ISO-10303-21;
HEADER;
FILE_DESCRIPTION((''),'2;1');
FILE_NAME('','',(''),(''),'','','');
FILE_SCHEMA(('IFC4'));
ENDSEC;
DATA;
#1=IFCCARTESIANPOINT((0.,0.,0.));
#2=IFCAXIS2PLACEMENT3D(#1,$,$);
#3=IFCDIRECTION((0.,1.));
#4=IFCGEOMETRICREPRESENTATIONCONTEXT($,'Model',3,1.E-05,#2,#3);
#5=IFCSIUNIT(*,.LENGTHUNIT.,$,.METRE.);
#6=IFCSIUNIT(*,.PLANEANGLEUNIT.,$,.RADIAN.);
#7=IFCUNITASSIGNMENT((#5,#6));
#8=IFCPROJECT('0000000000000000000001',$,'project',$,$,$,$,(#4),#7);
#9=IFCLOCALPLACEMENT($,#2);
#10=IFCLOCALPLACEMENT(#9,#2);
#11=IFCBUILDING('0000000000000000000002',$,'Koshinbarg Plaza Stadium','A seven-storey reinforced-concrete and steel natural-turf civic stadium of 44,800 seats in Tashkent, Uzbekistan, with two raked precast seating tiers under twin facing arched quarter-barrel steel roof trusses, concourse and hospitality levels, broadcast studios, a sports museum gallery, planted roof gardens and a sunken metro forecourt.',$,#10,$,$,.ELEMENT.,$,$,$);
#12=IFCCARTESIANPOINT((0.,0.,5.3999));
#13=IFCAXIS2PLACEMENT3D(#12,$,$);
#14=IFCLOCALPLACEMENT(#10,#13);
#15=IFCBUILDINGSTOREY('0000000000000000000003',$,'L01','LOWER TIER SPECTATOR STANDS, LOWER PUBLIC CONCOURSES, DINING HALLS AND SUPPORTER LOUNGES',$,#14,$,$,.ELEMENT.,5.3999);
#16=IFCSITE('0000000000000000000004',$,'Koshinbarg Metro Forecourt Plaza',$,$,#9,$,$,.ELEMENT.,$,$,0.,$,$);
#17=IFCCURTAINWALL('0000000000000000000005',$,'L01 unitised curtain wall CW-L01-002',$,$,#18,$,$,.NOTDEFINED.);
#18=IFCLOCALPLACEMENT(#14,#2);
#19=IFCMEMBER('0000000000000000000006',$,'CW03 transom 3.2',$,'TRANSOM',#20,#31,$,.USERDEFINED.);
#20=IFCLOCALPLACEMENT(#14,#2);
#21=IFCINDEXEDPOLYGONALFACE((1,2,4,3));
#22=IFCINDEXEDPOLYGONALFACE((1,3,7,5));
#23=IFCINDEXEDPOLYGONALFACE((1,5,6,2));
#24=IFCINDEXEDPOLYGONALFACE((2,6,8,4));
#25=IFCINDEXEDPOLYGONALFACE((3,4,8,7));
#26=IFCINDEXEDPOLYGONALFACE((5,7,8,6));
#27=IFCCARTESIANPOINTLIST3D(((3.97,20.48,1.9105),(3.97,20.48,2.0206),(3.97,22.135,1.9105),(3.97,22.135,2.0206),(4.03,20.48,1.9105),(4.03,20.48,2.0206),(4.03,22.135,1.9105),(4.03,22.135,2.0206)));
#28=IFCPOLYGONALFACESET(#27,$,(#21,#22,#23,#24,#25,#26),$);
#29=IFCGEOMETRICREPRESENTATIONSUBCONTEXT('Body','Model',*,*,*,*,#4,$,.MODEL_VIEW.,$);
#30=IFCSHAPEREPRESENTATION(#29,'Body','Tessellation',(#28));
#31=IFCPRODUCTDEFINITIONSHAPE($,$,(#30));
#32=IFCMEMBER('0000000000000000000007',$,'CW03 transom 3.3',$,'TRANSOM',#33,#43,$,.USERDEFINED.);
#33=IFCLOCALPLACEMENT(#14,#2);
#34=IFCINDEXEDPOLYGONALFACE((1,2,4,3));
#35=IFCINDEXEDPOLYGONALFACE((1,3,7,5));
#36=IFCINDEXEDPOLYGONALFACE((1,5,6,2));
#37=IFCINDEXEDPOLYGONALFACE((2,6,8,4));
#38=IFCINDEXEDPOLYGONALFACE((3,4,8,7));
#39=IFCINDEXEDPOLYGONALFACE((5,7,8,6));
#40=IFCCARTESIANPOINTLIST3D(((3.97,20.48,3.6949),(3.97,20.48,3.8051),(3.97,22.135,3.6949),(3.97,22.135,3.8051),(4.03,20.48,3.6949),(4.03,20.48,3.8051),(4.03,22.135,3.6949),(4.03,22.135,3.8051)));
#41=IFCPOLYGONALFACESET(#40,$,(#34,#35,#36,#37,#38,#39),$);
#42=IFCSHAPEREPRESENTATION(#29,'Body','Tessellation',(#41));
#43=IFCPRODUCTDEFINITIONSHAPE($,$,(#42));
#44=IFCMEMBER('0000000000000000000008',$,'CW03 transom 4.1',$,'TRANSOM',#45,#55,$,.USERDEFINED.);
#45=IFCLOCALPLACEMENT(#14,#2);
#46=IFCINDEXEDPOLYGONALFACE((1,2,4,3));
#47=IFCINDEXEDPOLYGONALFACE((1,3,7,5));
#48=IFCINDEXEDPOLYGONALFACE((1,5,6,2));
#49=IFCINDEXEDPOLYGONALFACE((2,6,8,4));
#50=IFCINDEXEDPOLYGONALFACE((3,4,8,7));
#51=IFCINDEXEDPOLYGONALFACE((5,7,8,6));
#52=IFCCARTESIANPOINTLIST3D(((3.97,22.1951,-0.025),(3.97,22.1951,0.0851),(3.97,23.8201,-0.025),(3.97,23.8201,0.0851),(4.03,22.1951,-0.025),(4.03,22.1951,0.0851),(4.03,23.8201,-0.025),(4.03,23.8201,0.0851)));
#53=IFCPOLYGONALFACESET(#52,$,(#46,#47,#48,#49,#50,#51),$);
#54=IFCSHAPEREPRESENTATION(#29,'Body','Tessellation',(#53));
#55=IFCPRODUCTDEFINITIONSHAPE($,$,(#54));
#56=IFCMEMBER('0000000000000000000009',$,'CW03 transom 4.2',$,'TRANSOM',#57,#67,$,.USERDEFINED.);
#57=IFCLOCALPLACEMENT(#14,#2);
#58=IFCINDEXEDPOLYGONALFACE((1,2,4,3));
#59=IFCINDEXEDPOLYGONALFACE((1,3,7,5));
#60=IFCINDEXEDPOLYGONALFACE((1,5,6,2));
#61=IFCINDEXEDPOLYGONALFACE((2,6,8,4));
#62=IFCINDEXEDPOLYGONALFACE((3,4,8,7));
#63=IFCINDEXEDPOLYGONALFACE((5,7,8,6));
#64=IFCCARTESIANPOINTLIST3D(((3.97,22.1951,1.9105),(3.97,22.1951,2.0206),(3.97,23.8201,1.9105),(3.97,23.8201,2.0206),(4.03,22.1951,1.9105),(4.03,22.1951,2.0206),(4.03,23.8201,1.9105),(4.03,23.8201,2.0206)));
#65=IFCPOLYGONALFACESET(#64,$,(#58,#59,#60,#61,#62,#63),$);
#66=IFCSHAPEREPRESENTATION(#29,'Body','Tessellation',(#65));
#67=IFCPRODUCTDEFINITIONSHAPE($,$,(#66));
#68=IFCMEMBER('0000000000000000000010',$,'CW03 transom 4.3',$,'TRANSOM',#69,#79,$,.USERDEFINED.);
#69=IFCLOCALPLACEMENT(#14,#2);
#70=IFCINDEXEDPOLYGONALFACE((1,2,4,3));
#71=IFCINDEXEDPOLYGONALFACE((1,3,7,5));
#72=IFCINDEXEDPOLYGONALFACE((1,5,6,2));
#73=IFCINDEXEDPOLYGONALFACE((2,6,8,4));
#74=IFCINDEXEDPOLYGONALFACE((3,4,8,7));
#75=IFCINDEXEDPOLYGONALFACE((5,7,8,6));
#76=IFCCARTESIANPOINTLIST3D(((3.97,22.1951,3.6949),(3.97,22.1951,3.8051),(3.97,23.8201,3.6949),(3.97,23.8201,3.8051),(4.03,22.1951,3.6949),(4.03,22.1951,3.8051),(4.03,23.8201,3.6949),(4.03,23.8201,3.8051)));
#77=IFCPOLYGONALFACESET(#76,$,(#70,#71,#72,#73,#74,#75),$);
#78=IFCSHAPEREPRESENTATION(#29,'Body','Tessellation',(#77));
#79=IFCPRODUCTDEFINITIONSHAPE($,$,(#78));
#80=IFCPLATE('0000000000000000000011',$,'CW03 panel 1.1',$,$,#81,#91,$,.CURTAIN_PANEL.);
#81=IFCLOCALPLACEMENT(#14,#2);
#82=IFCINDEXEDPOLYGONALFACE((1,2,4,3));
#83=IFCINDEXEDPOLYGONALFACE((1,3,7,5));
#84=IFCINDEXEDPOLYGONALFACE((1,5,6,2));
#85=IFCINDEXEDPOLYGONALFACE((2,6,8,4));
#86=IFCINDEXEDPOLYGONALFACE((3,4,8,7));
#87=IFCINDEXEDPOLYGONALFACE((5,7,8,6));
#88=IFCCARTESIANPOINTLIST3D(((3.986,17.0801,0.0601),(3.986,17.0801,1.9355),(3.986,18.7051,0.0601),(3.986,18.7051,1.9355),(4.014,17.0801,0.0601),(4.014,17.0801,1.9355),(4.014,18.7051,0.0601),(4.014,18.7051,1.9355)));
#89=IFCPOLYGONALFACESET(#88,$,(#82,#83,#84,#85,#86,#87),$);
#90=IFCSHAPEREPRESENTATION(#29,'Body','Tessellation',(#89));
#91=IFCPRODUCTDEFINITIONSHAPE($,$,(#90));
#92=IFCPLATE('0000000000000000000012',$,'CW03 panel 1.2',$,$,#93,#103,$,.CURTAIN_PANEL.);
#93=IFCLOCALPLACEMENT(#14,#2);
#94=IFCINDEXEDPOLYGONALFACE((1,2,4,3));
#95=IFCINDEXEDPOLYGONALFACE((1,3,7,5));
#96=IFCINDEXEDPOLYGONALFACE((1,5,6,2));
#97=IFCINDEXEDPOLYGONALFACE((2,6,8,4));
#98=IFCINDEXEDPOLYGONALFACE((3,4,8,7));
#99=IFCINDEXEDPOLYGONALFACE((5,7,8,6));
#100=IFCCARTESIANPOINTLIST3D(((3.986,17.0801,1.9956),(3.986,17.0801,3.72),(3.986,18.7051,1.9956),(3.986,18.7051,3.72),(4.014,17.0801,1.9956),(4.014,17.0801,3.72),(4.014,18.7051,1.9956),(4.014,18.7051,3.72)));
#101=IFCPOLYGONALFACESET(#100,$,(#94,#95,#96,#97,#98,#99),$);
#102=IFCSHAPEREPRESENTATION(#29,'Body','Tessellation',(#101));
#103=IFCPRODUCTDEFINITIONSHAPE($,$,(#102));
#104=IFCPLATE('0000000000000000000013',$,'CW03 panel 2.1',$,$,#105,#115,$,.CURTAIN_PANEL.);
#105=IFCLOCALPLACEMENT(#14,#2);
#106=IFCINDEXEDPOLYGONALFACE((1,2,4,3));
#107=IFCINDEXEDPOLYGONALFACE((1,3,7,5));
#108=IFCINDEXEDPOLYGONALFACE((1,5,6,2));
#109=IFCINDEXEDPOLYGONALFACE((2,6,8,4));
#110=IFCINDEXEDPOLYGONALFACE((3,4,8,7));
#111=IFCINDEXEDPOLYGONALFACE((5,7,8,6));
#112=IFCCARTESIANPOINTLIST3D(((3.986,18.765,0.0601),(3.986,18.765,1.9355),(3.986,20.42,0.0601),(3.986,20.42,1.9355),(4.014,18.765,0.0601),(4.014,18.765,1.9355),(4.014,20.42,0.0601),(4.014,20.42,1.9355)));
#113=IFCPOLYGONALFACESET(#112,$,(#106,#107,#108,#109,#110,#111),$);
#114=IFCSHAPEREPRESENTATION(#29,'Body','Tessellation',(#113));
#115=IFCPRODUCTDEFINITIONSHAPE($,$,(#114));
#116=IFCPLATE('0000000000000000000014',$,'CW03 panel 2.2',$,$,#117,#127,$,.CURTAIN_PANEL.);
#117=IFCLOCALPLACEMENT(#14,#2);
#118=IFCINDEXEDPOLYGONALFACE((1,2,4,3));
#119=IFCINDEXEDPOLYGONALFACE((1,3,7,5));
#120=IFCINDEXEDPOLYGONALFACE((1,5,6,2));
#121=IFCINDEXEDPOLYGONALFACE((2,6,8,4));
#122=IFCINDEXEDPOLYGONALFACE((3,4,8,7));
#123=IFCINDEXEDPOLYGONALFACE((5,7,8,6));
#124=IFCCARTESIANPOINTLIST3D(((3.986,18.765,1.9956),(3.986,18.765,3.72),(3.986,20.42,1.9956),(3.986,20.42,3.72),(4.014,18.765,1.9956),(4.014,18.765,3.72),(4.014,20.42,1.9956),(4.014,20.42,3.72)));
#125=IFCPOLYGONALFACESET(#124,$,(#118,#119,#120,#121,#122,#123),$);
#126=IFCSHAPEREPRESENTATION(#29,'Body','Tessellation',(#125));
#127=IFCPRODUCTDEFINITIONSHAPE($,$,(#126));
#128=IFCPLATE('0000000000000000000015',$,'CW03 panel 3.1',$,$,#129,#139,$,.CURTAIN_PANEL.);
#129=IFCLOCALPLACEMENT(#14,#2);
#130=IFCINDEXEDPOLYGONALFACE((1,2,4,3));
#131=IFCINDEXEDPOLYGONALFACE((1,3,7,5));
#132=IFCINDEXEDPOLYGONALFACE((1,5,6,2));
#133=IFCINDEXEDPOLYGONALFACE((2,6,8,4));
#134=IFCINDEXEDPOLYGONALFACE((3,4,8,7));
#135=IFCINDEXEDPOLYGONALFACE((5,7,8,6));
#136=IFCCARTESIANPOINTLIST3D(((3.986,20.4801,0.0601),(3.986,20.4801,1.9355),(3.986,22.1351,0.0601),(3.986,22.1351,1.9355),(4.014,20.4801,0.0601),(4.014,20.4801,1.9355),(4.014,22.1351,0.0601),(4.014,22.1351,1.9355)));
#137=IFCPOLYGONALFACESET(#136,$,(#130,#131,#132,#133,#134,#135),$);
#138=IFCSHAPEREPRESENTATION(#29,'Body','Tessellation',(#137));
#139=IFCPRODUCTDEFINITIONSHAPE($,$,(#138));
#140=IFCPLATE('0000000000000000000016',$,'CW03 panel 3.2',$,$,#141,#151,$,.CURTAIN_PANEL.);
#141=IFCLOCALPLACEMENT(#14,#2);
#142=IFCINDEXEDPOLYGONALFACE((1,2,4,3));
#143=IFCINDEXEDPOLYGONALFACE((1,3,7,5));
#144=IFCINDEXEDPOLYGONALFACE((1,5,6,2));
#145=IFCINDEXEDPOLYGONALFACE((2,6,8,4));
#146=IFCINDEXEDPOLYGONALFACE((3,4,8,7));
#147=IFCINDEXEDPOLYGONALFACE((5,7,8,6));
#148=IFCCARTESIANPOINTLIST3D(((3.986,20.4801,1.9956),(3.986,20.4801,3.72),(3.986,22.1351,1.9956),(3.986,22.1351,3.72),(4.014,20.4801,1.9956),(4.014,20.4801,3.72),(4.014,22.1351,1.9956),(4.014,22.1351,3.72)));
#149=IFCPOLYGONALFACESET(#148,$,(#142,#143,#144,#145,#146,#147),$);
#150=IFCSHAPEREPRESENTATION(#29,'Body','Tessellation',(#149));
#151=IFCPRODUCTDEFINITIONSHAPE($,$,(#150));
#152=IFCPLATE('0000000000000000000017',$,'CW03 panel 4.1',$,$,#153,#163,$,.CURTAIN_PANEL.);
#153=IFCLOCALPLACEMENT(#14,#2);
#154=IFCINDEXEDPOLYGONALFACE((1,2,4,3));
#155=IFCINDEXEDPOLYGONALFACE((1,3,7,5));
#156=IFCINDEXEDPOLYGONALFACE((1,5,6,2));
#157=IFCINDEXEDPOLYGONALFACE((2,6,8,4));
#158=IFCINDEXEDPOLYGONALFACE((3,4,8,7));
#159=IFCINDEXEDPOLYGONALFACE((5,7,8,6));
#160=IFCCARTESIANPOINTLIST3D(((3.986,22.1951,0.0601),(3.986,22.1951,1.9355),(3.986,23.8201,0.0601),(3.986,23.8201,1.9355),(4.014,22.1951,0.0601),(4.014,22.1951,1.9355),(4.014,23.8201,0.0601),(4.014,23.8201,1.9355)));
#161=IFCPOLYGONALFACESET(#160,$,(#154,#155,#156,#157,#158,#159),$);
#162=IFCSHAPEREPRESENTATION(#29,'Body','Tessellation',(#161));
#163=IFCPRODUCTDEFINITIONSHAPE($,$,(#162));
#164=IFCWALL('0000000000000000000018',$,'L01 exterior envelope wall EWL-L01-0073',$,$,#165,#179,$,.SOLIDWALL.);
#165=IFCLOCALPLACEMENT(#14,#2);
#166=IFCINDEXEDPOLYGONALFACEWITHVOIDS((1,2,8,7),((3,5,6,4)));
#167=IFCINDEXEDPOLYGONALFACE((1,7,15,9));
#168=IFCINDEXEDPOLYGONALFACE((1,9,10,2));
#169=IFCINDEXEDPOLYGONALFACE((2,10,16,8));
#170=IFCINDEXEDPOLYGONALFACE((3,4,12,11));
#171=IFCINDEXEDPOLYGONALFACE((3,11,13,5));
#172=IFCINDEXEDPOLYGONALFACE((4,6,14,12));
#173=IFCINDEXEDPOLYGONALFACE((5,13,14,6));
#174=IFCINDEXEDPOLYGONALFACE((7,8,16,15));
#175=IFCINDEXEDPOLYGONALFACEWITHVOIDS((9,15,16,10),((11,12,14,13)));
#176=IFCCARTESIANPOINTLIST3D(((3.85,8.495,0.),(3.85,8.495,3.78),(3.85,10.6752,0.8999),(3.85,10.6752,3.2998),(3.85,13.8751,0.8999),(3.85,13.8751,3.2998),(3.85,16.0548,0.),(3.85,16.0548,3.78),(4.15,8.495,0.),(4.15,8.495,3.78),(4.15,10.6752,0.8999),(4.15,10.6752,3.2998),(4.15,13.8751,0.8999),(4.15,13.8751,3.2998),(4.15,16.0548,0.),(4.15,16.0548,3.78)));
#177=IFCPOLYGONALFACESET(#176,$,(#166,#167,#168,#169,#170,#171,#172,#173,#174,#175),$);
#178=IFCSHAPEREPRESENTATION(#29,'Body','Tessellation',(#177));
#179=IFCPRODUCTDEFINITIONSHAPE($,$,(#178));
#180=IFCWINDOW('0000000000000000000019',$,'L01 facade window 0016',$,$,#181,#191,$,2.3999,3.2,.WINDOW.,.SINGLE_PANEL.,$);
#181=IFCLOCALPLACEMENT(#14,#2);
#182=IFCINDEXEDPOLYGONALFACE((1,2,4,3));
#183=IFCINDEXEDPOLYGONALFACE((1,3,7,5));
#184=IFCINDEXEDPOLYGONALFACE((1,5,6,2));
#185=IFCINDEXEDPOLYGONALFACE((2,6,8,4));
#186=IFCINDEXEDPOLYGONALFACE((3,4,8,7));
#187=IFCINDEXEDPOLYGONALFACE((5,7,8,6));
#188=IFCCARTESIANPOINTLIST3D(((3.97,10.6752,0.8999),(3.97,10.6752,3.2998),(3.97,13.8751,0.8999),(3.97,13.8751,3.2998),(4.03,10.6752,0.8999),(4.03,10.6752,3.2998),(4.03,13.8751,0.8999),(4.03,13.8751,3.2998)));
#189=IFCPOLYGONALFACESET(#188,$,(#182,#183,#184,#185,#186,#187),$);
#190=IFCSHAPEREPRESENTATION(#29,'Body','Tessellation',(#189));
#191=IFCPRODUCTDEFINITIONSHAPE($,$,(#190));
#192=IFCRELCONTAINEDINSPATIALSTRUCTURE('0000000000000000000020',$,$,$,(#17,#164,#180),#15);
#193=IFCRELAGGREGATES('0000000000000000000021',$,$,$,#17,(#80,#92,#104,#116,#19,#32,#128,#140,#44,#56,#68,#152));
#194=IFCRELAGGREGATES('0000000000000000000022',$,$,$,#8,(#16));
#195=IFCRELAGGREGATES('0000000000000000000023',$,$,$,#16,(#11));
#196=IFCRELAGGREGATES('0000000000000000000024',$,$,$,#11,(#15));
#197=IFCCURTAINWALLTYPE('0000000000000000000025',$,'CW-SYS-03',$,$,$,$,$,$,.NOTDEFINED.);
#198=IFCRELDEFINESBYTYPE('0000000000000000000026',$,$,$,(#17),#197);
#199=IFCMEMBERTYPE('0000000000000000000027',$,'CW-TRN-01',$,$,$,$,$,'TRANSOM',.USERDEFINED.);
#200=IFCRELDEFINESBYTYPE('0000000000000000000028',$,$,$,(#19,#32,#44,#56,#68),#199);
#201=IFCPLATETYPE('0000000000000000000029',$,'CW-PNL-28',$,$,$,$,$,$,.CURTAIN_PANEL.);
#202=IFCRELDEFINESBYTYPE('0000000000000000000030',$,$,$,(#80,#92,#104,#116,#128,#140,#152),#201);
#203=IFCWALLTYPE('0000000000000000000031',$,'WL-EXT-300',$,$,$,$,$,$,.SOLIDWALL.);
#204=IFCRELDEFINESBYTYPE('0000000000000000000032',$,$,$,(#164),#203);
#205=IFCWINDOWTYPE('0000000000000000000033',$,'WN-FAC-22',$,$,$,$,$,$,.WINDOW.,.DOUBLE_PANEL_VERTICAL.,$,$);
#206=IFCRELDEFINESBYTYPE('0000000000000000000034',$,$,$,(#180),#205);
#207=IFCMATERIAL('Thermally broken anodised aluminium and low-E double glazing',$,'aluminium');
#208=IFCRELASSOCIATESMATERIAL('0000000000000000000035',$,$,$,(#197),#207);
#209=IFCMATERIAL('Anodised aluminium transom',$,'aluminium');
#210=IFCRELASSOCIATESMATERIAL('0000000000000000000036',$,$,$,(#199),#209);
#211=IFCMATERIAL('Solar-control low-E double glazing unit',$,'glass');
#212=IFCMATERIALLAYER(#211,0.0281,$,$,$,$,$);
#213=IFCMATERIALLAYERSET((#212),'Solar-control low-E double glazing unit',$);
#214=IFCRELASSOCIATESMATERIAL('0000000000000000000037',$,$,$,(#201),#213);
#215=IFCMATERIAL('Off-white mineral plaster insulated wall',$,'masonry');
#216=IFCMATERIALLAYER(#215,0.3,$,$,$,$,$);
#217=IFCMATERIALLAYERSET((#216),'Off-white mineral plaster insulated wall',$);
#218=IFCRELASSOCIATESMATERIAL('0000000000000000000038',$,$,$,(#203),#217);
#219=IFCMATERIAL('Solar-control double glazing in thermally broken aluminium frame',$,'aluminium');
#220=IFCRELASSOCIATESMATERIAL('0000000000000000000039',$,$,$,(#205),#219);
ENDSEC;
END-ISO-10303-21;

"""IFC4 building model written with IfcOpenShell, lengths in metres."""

from ifc_helpers import new_model, si_unit, direction, frame, frame_2d, origin, origin_2d, place, context, subcontext, project, spatial, rectangle, extrude, material, layer, layer_set, material_profile, profile_set, type_object, element, fill, aggregate, save


model = new_model("IFC4")

# Units and contexts
model_context = context("Model", 3, precision=1e-05, world=origin(), true_north=direction((0.0, 1.0)))
body_context = subcontext(model_context, "Body", "Model", "MODEL_VIEW")
ifc_project = project(units=[si_unit("LENGTHUNIT", "METRE"), si_unit("PLANEANGLEUNIT", "RADIAN")], contexts=[model_context])

# Site, building, storey
site_placement = place(None, origin())
site = spatial("IfcSite", under=ifc_project, at=site_placement, Name="Koshinbarg Metro Forecourt Plaza", CompositionType="ELEMENT", RefElevation=0.0)
building_placement = place(site_placement, origin())
building = spatial("IfcBuilding", under=site, at=building_placement, Name="Koshinbarg Plaza Stadium", Description="A seven-storey reinforced-concrete and steel natural-turf civic stadium of 44,800 seats in Tashkent, Uzbekistan, with two raked precast seating tiers under twin facing arched quarter-barrel steel roof trusses, concourse and hospitality levels, broadcast studios, a sports museum gallery, planted roof gardens and a sunken metro forecourt.", CompositionType="ELEMENT")
storey_placement = place(building_placement, frame((0.0, 0.0, 5.3999)))
storey = spatial("IfcBuildingStorey", under=building, at=storey_placement, Name="L01", Description="LOWER TIER SPECTATOR STANDS, LOWER PUBLIC CONCOURSES, DINING HALLS AND SUPPORTER LOUNGES", CompositionType="ELEMENT", Elevation=5.3999)

# Curtain wall, members, plates
ifc_material_1 = material(Name="Thermally broken anodised aluminium and low-E double glazing", Category="aluminium")
curtain_wall_type = type_object("IfcCurtainWallType", Name="CW-SYS-03", PredefinedType="NOTDEFINED", material=ifc_material_1)
curtain_wall_placement = place(storey_placement, origin())
curtain_wall = element("IfcCurtainWall", 1, at=curtain_wall_placement, inside=storey, type_object=curtain_wall_type, Name="L01 unitised curtain wall CW-L01-002", PredefinedType="NOTDEFINED")
ifc_material_2 = material(Name="Anodised aluminium transom", Category="aluminium")
ifc_material_profile_1 = material_profile(ifc_material_2, rectangle(XDim=0.0601, YDim=0.1101, at=origin_2d()), Name="ALU 60x110")
ifc_profile_set_1 = profile_set([ifc_material_profile_1], Name="Anodised aluminium transom")
member_type_1 = type_object("IfcMemberType", Name="CW-TRN-01", ElementType="TRANSOM", PredefinedType="USERDEFINED", material=ifc_profile_set_1)
member_1_placement = place(storey_placement, frame((4.0, 20.48, 1.9656), z_axis=(0.0, 1.0, 0.0), x_axis=(-1.0, 0.0, 0.0)))
member_1 = element("IfcMember", 2, at=member_1_placement, type_object=member_type_1, Name="CW03 transom 3.2", ObjectType="TRANSOM", PredefinedType="USERDEFINED", context=body_context, shape_type="SweptSolid", body=[
    extrude(rectangle(XDim=0.0601, YDim=0.1101, at=origin_2d()), origin(), (0.0, 0.0, 1.0), 1.655),
])
member_2_placement = place(storey_placement, frame((4.0, 20.48, 3.75), z_axis=(0.0, 1.0, 0.0), x_axis=(-1.0, 0.0, 0.0)))
member_2 = element("IfcMember", 3, at=member_2_placement, type_object=member_type_1, Name="CW03 transom 3.3", ObjectType="TRANSOM", PredefinedType="USERDEFINED", context=body_context, shape_type="SweptSolid", body=[
    extrude(rectangle(XDim=0.0601, YDim=0.1101, at=origin_2d()), origin(), (0.0, 0.0, 1.0), 1.655),
])
member_3_placement = place(storey_placement, frame((4.0, 22.1951, 0.03), z_axis=(0.0, 1.0, 0.0), x_axis=(-1.0, 0.0, 0.0)))
member_3 = element("IfcMember", 4, at=member_3_placement, type_object=member_type_1, Name="CW03 transom 4.1", ObjectType="TRANSOM", PredefinedType="USERDEFINED", context=body_context, shape_type="SweptSolid", body=[
    extrude(rectangle(XDim=0.0601, YDim=0.1101, at=origin_2d()), origin(), (0.0, 0.0, 1.0), 1.625),
])
member_4_placement = place(storey_placement, frame((4.0, 22.1951, 1.9656), z_axis=(0.0, 1.0, 0.0), x_axis=(-1.0, 0.0, 0.0)))
member_4 = element("IfcMember", 5, at=member_4_placement, type_object=member_type_1, Name="CW03 transom 4.2", ObjectType="TRANSOM", PredefinedType="USERDEFINED", context=body_context, shape_type="SweptSolid", body=[
    extrude(rectangle(XDim=0.0601, YDim=0.1101, at=origin_2d()), origin(), (0.0, 0.0, 1.0), 1.625),
])
member_5_placement = place(storey_placement, frame((4.0, 22.1951, 3.75), z_axis=(0.0, 1.0, 0.0), x_axis=(-1.0, 0.0, 0.0)))
member_5 = element("IfcMember", 6, at=member_5_placement, type_object=member_type_1, Name="CW03 transom 4.3", ObjectType="TRANSOM", PredefinedType="USERDEFINED", context=body_context, shape_type="SweptSolid", body=[
    extrude(rectangle(XDim=0.0601, YDim=0.1101, at=origin_2d()), origin(), (0.0, 0.0, 1.0), 1.625),
])
ifc_material_3 = material(Name="Solar-control low-E double glazing unit", Category="glass")
ifc_layer_1 = layer(ifc_material_3, 0.0281)
ifc_layer_set_1 = layer_set([ifc_layer_1], Name="Solar-control low-E double glazing unit")
plate_type = type_object("IfcPlateType", Name="CW-PNL-28", PredefinedType="CURTAIN_PANEL", material=ifc_layer_set_1)
plate_1_placement = place(storey_placement, frame((4.0, 17.8926, 0.0601), z_axis=(0.0, 0.0, 1.0), x_axis=(0.0, 1.0, 0.0)))
plate_1 = element("IfcPlate", 7, at=plate_1_placement, type_object=plate_type, Name="CW03 panel 1.1", PredefinedType="CURTAIN_PANEL", context=body_context, shape_type="SweptSolid", body=[
    extrude(rectangle(XDim=1.625, YDim=0.0281, at=origin_2d()), origin(), (0.0, 0.0, 1.0), 1.8755),
])
plate_2_placement = place(storey_placement, frame((4.0, 17.8926, 1.9956), z_axis=(0.0, 0.0, 1.0), x_axis=(0.0, 1.0, 0.0)))
plate_2 = element("IfcPlate", 8, at=plate_2_placement, type_object=plate_type, Name="CW03 panel 1.2", PredefinedType="CURTAIN_PANEL", context=body_context, shape_type="SweptSolid", body=[
    extrude(rectangle(XDim=1.625, YDim=0.0281, at=origin_2d()), origin(), (0.0, 0.0, 1.0), 1.7244),
])
plate_3_placement = place(storey_placement, frame((4.0, 19.5925, 0.0601), z_axis=(0.0, 0.0, 1.0), x_axis=(0.0, 1.0, 0.0)))
plate_3 = element("IfcPlate", 9, at=plate_3_placement, type_object=plate_type, Name="CW03 panel 2.1", PredefinedType="CURTAIN_PANEL", context=body_context, shape_type="SweptSolid", body=[
    extrude(rectangle(XDim=1.655, YDim=0.0281, at=origin_2d()), origin(), (0.0, 0.0, 1.0), 1.8755),
])
plate_4_placement = place(storey_placement, frame((4.0, 19.5925, 1.9956), z_axis=(0.0, 0.0, 1.0), x_axis=(0.0, 1.0, 0.0)))
plate_4 = element("IfcPlate", 10, at=plate_4_placement, type_object=plate_type, Name="CW03 panel 2.2", PredefinedType="CURTAIN_PANEL", context=body_context, shape_type="SweptSolid", body=[
    extrude(rectangle(XDim=1.655, YDim=0.0281, at=origin_2d()), origin(), (0.0, 0.0, 1.0), 1.7244),
])
plate_5_placement = place(storey_placement, frame((4.0, 21.3076, 0.0601), z_axis=(0.0, 0.0, 1.0), x_axis=(0.0, 1.0, 0.0)))
plate_5 = element("IfcPlate", 11, at=plate_5_placement, type_object=plate_type, Name="CW03 panel 3.1", PredefinedType="CURTAIN_PANEL", context=body_context, shape_type="SweptSolid", body=[
    extrude(rectangle(XDim=1.655, YDim=0.0281, at=origin_2d()), origin(), (0.0, 0.0, 1.0), 1.8755),
])
plate_6_placement = place(storey_placement, frame((4.0, 21.3076, 1.9956), z_axis=(0.0, 0.0, 1.0), x_axis=(0.0, 1.0, 0.0)))
plate_6 = element("IfcPlate", 12, at=plate_6_placement, type_object=plate_type, Name="CW03 panel 3.2", PredefinedType="CURTAIN_PANEL", context=body_context, shape_type="SweptSolid", body=[
    extrude(rectangle(XDim=1.655, YDim=0.0281, at=origin_2d()), origin(), (0.0, 0.0, 1.0), 1.7244),
])
plate_7_placement = place(storey_placement, frame((4.0, 23.0076, 0.0601), z_axis=(0.0, 0.0, 1.0), x_axis=(0.0, 1.0, 0.0)))
plate_7 = element("IfcPlate", 13, at=plate_7_placement, type_object=plate_type, Name="CW03 panel 4.1", PredefinedType="CURTAIN_PANEL", context=body_context, shape_type="SweptSolid", body=[
    extrude(rectangle(XDim=1.625, YDim=0.0281, at=origin_2d()), origin(), (0.0, 0.0, 1.0), 1.8755),
])
aggregate(curtain_wall, [plate_1, plate_2, plate_3, plate_4, member_1, member_2, plate_5, plate_6, member_3, member_4, member_5, plate_7])

# Wall, opening, window
ifc_material_4 = material(Name="Off-white mineral plaster insulated wall", Category="masonry")
ifc_layer_2 = layer(ifc_material_4, 0.3)
ifc_layer_set_2 = layer_set([ifc_layer_2], Name="Off-white mineral plaster insulated wall")
wall_type = type_object("IfcWallType", Name="WL-EXT-300", PredefinedType="SOLIDWALL", material=ifc_layer_set_2)
wall_placement = place(storey_placement, frame((4.0, 8.4951, 0.0), z_axis=(0.0, 0.0, 1.0), x_axis=(0.0, 1.0, 0.0)))
wall = element("IfcWall", 14, at=wall_placement, inside=storey, type_object=wall_type, Name="L01 exterior envelope wall EWL-L01-0073", PredefinedType="SOLIDWALL", context=body_context, shape_type="SweptSolid", body=[
    extrude(rectangle(XDim=7.5598, YDim=0.3, at=frame_2d((3.7798, 0.0))), origin(), (0.0, 0.0, 1.0), 3.78),
])
opening_placement = place(wall_placement, frame((2.1799, 0.0, 0.8999)))
opening = element("IfcOpeningElement", 15, at=opening_placement, cuts=wall, PredefinedType="OPENING", context=body_context, shape_type="SweptSolid", body=[
    extrude(rectangle(XDim=3.2, YDim=2.3999, at=frame_2d((1.6001, 1.2))), frame((0.0, 0.1599, 0.0), z_axis=(0.0, -1.0, 0.0), x_axis=(1.0, 0.0, 0.0)), (0.0, 0.0, 1.0), 0.3201),
])
ifc_material_5 = material(Name="Solar-control double glazing in thermally broken aluminium frame", Category="aluminium")
window_type = type_object("IfcWindowType", Name="WN-FAC-22", PartitioningType="DOUBLE_PANEL_VERTICAL", PredefinedType="WINDOW", material=ifc_material_5)
window_placement = place(opening_placement, origin())
window = element("IfcWindow", 16, at=window_placement, inside=storey, type_object=window_type, Name="L01 facade window 0016", OverallHeight=2.3999, OverallWidth=3.2, PartitioningType="SINGLE_PANEL", PredefinedType="WINDOW", context=body_context, shape_type="SweptSolid", body=[
    extrude(rectangle(XDim=3.2, YDim=2.3999, at=frame_2d((1.6001, 1.2))), frame((0.0, 0.03, 0.0), z_axis=(0.0, -1.0, 0.0), x_axis=(1.0, 0.0, 0.0)), (0.0, 0.0, 1.0), 0.0601),
])
fill(opening, window)

save(model, "model.ifc")
